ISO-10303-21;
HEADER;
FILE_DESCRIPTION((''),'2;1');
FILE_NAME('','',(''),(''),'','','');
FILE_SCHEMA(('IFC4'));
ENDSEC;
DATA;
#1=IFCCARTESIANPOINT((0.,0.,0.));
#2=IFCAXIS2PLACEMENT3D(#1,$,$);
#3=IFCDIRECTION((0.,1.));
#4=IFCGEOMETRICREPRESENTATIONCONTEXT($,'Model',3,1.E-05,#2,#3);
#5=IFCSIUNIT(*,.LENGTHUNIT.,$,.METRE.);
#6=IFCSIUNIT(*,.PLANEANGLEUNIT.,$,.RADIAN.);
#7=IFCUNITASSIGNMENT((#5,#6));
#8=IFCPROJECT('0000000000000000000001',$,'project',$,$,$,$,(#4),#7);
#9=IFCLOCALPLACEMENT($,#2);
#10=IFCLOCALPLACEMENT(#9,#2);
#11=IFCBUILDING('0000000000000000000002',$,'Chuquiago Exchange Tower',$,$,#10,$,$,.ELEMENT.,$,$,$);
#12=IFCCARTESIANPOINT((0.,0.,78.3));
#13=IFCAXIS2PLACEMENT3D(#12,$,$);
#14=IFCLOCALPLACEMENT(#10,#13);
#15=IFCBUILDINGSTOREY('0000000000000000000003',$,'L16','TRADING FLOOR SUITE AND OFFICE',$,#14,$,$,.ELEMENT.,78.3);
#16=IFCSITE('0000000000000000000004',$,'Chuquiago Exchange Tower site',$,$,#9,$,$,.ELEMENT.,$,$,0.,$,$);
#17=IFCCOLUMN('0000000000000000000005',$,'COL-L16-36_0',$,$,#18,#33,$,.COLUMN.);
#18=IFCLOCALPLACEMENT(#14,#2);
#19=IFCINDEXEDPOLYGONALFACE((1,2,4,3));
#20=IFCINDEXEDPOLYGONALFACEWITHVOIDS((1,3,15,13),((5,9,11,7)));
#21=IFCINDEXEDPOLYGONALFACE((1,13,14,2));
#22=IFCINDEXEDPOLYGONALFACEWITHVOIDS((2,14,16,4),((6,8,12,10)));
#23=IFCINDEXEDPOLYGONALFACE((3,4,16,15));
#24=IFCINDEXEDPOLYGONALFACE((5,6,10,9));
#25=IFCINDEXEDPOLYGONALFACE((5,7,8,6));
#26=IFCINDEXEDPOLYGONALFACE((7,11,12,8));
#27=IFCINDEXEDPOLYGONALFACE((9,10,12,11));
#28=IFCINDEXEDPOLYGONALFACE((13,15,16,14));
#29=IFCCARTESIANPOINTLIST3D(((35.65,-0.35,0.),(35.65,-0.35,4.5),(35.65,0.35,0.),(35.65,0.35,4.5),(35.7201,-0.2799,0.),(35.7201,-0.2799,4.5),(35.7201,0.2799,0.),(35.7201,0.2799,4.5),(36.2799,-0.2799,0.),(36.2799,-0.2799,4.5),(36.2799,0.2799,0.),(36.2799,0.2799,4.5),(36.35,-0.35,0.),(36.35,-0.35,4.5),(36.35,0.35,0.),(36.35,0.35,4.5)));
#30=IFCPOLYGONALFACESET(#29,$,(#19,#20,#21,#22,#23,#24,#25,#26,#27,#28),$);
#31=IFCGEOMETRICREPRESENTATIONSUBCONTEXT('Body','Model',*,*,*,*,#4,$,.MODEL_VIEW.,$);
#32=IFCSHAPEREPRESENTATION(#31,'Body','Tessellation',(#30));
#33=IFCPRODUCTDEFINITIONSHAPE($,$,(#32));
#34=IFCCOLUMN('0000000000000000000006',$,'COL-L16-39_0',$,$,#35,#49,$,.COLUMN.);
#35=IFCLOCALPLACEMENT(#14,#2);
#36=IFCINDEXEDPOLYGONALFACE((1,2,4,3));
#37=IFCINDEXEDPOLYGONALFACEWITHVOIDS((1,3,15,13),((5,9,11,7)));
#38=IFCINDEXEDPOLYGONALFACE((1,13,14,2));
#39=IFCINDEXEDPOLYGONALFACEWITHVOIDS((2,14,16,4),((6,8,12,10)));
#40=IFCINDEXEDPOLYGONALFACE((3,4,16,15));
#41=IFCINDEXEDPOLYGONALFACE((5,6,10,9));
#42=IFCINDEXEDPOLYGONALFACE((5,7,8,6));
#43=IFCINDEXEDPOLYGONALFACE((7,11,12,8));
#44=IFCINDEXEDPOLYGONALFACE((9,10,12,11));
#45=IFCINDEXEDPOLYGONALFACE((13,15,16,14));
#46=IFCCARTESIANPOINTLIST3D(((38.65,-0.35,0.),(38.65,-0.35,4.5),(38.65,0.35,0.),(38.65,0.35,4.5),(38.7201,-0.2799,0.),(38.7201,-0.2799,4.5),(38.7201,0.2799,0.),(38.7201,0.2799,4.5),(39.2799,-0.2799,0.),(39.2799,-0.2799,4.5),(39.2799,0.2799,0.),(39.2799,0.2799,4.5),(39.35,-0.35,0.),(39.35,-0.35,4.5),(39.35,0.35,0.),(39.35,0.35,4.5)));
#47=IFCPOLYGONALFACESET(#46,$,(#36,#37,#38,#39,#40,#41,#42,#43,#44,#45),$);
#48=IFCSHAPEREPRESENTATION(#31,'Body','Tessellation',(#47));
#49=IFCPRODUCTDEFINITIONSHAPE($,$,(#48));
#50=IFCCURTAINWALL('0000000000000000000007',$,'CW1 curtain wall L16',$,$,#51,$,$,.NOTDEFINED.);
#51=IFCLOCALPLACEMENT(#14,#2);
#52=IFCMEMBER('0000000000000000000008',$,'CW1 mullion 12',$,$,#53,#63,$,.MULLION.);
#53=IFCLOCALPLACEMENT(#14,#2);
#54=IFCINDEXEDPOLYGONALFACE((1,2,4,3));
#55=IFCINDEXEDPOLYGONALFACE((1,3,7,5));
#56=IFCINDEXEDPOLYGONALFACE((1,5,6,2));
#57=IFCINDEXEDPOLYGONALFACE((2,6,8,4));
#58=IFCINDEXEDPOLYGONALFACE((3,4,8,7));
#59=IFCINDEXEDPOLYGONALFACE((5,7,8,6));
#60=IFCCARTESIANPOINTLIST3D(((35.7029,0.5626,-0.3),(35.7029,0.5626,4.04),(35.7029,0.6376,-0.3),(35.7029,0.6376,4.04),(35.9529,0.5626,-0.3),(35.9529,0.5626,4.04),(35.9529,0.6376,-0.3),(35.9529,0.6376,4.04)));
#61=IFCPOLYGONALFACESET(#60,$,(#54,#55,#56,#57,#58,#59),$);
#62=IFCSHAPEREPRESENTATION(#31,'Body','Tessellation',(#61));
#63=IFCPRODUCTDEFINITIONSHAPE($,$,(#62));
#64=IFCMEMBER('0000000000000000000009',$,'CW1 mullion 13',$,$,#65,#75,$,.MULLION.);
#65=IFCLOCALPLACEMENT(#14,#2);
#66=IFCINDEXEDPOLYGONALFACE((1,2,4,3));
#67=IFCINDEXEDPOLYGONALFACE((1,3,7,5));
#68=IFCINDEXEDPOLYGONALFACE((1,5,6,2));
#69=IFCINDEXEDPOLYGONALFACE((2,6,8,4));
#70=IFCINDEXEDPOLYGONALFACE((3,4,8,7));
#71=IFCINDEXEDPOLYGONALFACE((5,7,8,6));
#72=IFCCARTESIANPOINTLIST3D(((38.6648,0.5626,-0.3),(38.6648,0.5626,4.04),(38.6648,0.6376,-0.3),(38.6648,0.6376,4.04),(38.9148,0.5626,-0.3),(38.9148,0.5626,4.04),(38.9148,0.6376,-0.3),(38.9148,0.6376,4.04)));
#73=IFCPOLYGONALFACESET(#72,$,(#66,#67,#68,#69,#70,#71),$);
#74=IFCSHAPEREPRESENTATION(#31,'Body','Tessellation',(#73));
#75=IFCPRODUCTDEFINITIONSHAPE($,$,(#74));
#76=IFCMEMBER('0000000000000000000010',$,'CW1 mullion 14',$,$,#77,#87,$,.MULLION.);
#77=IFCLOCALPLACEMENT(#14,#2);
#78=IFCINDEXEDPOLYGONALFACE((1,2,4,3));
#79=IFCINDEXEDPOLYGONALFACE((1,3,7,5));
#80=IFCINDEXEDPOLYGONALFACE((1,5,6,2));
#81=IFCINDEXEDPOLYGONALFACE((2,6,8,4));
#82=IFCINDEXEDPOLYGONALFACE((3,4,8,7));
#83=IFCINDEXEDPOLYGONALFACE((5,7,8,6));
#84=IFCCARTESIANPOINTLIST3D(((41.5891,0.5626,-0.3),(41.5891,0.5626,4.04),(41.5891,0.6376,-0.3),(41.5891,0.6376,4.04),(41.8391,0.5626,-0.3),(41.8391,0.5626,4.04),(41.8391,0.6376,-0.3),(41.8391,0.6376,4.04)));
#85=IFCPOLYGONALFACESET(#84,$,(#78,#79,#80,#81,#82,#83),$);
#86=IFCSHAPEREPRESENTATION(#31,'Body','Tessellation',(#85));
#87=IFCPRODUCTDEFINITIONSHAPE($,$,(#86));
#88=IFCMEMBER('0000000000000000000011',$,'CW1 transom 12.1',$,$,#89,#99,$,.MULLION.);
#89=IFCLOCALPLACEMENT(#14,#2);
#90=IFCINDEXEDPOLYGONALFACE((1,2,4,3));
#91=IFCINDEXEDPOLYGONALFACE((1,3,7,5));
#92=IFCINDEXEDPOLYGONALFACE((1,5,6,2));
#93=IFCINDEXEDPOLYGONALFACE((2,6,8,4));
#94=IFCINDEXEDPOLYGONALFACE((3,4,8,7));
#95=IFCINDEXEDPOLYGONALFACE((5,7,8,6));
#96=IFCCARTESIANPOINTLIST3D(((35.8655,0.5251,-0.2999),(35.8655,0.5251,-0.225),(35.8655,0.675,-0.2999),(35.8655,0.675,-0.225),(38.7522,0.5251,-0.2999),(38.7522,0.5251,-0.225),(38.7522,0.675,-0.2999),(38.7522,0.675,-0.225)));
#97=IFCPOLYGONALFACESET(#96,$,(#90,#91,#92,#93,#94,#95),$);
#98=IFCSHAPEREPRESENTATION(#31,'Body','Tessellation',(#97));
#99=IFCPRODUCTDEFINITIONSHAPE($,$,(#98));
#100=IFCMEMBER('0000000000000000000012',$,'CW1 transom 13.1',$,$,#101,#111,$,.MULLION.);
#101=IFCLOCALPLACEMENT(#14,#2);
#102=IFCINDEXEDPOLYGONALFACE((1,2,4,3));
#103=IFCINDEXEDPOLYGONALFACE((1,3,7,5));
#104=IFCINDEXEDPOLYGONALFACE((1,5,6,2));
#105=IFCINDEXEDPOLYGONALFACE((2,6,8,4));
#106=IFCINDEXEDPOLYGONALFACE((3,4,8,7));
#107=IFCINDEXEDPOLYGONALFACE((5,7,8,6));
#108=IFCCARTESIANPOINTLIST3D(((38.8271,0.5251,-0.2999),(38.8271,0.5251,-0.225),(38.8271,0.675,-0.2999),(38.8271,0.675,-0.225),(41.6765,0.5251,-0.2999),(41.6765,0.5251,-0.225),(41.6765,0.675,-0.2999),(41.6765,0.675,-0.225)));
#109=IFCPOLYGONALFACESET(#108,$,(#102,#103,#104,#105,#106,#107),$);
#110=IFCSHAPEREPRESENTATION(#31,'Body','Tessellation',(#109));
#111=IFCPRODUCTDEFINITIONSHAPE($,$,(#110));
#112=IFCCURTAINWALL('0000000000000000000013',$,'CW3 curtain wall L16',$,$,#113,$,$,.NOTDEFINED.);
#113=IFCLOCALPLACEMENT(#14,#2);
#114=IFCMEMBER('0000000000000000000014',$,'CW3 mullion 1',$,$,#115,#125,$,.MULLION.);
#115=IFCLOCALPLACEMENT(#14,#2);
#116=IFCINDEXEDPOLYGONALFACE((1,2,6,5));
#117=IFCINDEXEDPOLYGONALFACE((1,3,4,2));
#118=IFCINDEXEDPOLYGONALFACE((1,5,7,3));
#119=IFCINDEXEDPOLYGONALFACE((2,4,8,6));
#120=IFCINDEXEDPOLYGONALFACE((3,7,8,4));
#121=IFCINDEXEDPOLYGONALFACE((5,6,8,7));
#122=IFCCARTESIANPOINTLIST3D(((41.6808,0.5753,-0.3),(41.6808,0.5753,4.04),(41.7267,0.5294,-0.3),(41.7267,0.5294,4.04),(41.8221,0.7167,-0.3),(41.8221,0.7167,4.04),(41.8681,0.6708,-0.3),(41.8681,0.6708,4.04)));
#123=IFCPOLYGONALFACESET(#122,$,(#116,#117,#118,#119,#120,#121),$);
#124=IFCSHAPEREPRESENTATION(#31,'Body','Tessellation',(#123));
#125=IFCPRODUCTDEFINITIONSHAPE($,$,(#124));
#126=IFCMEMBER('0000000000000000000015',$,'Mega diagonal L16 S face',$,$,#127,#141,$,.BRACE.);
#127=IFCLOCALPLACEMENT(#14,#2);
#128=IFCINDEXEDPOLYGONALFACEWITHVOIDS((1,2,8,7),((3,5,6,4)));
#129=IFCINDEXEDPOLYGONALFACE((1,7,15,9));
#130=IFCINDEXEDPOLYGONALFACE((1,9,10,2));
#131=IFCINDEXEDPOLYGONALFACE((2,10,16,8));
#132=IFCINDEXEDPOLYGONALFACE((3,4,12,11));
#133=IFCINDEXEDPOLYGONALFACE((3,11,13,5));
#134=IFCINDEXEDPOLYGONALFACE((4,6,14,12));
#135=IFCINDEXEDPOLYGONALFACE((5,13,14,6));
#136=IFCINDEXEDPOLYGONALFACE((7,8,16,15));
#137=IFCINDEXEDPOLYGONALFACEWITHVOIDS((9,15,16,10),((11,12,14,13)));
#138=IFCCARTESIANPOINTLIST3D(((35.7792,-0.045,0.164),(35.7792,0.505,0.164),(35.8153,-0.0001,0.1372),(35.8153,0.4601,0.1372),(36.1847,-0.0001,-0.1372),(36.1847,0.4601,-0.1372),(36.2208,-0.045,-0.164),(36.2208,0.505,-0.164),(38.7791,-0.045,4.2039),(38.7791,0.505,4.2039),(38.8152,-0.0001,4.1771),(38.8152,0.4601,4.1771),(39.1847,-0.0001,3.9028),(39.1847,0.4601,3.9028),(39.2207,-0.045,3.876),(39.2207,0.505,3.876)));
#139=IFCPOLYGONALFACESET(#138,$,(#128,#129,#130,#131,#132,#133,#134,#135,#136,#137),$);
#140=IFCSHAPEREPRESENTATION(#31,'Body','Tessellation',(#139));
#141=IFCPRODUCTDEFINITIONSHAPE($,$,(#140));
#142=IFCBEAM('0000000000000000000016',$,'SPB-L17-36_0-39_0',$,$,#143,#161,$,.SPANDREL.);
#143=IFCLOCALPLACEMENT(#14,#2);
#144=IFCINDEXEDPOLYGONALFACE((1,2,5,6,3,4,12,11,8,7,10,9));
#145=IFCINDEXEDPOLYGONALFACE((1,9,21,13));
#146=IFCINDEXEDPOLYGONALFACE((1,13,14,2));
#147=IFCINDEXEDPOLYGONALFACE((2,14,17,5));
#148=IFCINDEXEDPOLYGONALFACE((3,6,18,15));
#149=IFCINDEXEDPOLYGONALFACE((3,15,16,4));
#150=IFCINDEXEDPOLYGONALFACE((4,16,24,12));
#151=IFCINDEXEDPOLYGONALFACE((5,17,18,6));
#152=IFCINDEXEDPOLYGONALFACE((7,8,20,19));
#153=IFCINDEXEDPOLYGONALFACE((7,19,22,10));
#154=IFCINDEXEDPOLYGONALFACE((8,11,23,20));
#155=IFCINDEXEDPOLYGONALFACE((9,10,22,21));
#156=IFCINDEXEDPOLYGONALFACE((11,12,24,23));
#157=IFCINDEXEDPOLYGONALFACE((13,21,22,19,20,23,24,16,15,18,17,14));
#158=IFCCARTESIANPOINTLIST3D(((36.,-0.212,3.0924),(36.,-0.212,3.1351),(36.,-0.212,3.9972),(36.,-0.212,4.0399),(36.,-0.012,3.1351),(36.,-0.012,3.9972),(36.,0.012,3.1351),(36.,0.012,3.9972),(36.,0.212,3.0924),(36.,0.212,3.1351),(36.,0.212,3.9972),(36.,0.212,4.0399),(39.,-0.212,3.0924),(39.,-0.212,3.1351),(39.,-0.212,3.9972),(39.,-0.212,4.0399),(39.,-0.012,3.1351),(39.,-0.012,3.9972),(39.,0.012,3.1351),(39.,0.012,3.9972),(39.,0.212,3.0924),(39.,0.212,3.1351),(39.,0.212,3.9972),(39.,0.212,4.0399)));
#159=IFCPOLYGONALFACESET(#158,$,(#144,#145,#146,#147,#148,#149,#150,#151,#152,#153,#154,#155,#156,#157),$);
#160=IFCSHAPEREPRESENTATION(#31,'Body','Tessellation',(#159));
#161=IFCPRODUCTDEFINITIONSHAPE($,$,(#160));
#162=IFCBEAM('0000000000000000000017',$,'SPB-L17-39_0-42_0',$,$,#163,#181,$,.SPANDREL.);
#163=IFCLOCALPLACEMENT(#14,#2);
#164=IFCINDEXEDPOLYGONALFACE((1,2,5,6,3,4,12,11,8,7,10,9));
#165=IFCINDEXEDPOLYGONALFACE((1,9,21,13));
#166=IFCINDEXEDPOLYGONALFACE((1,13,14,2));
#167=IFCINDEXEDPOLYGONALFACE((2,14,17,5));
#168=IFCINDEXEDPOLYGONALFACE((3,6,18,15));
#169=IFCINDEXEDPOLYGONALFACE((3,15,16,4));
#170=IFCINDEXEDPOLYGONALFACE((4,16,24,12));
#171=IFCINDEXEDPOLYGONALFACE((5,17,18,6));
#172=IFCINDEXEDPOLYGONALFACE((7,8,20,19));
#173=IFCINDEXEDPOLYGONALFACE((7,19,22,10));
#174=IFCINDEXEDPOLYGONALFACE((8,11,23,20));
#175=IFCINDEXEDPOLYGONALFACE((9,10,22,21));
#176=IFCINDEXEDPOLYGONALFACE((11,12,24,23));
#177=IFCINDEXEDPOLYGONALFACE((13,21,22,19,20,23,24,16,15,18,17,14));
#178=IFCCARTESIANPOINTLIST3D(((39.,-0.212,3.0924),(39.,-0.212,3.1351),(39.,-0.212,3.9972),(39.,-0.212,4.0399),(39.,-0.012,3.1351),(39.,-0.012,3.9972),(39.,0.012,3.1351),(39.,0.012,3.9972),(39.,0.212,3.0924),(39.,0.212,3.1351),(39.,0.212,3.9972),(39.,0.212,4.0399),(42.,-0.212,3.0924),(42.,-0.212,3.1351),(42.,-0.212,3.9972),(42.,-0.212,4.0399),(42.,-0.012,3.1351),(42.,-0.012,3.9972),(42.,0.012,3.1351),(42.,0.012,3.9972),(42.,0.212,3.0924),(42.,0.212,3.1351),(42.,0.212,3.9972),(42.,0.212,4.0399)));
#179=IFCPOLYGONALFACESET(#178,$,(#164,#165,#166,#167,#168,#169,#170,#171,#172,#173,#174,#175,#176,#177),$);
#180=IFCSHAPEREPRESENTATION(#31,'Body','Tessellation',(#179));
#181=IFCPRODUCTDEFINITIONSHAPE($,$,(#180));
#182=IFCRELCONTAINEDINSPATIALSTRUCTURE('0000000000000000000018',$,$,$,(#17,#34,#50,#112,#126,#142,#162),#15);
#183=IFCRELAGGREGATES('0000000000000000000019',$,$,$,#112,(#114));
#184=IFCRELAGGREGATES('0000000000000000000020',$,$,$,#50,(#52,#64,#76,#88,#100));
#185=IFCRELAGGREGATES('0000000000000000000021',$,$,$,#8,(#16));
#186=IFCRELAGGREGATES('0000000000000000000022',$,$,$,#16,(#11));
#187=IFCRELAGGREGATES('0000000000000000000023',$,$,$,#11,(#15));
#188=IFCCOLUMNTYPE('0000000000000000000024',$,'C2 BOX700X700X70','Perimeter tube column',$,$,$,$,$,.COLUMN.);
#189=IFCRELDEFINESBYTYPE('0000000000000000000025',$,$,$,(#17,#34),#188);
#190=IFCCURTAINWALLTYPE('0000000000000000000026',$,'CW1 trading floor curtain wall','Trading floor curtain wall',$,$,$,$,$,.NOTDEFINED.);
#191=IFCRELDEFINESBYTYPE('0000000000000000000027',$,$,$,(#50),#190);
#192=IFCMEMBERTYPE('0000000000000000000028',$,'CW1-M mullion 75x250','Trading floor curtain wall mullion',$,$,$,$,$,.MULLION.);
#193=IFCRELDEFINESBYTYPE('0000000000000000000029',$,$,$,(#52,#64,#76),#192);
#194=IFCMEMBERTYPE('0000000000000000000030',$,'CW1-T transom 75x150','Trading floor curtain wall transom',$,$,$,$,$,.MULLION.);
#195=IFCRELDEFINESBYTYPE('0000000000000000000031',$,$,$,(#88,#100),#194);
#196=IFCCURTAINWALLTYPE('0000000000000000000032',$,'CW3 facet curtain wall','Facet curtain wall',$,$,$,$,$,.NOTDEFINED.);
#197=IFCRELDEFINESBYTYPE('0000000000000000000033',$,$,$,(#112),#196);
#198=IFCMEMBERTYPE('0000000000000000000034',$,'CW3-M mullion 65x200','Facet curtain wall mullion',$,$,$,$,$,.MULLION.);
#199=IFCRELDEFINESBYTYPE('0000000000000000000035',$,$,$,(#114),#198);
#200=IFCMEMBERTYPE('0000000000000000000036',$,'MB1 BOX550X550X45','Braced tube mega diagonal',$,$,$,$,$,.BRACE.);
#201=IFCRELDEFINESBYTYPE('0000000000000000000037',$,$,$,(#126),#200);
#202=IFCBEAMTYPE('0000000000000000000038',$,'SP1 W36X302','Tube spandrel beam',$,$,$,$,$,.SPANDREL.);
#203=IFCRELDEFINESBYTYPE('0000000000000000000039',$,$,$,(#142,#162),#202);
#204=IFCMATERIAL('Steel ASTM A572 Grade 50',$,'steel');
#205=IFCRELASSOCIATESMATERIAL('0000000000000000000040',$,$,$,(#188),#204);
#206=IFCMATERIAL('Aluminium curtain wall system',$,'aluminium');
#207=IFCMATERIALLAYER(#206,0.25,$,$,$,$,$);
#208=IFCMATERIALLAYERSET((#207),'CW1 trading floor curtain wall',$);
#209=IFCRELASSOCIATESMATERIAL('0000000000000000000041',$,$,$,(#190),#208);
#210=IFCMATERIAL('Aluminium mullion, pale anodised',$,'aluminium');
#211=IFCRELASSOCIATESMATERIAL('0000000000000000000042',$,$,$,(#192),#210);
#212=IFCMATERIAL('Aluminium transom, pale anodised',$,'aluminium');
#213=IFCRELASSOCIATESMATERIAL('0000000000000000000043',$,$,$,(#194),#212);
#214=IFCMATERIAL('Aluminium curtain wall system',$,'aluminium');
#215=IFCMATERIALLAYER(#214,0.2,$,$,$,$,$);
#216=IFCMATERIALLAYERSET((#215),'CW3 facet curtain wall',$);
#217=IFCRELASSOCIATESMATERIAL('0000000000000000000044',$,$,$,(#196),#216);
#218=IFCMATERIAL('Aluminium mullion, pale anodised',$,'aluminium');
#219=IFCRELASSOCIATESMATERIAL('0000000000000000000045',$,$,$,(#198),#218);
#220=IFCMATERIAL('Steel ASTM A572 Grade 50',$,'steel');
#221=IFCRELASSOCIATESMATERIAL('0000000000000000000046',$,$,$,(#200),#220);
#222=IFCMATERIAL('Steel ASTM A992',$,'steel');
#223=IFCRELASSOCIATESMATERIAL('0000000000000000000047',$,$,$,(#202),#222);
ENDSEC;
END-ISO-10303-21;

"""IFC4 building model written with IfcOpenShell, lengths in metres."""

from ifc_helpers import new_model, si_unit, direction, frame, origin, origin_2d, place, context, subcontext, project, spatial, rectangle, hollow_rectangle, i_section, extrude, material, layer, layer_set, material_profile, profile_set, type_object, element, aggregate, save


model = new_model("IFC4")

# Units and contexts
model_context = context("Model", 3, precision=1e-05, world=origin(), true_north=direction((0.0, 1.0)))
body_context = subcontext(model_context, "Body", "Model", "MODEL_VIEW")
ifc_project = project(units=[si_unit("LENGTHUNIT", "METRE"), si_unit("PLANEANGLEUNIT", "RADIAN")], contexts=[model_context])

# Site, building, storey
site_placement = place(None, origin())
site = spatial("IfcSite", under=ifc_project, at=site_placement, Name="Chuquiago Exchange Tower site", CompositionType="ELEMENT", RefElevation=0.0)
building_placement = place(site_placement, origin())
building = spatial("IfcBuilding", under=site, at=building_placement, Name="Chuquiago Exchange Tower", CompositionType="ELEMENT")
storey_placement = place(building_placement, frame((0.0, 0.0, 78.3)))
storey = spatial("IfcBuildingStorey", under=building, at=storey_placement, Name="L16", Description="TRADING FLOOR SUITE AND OFFICE", CompositionType="ELEMENT", Elevation=78.3)

# Columns
ifc_material_1 = material(Name="Steel ASTM A572 Grade 50", Category="steel")
ifc_material_profile_1 = material_profile(ifc_material_1, hollow_rectangle(XDim=0.7, YDim=0.7, WallThickness=0.0701, at=origin_2d()), Name="BOX700X700X70")
ifc_profile_set_1 = profile_set([ifc_material_profile_1], Name="Steel ASTM A572 Grade 50")
column_type = type_object("IfcColumnType", Name="C2 BOX700X700X70", Description="Perimeter tube column", PredefinedType="COLUMN", material=ifc_profile_set_1)
for number, where, z_axis, x_axis, name in (
    (1, (36.0, 0.0, 0.0), (0.0, 0.0, 1.0), (0.0, -1.0, 0.0), "COL-L16-36_0"),
    (2, (39.0, 0.0, 0.0), (0.0, 0.0, 1.0), (0.0, -1.0, 0.0), "COL-L16-39_0"),
):
    element("IfcColumn", number, at=place(storey_placement, frame(where, z_axis=z_axis, x_axis=x_axis)), inside=storey, type_object=column_type, Name=name, PredefinedType="COLUMN", context=body_context, shape_type="SweptSolid", body=[
        extrude(hollow_rectangle(XDim=0.7, YDim=0.7, WallThickness=0.0701, at=origin_2d()), origin(), (0.0, 0.0, 1.0), 4.5),
    ])

# Curtain wall, members
ifc_material_2 = material(Name="Aluminium curtain wall system", Category="aluminium")
ifc_layer_1 = layer(ifc_material_2, 0.25)
ifc_layer_set_1 = layer_set([ifc_layer_1], Name="CW1 trading floor curtain wall")
curtain_wall_type_1 = type_object("IfcCurtainWallType", Name="CW1 trading floor curtain wall", Description="Trading floor curtain wall", PredefinedType="NOTDEFINED", material=ifc_layer_set_1)
curtain_wall_1_placement = place(storey_placement, origin())
curtain_wall_1 = element("IfcCurtainWall", 3, at=curtain_wall_1_placement, inside=storey, type_object=curtain_wall_type_1, Name="CW1 curtain wall L16", PredefinedType="NOTDEFINED")
ifc_material_3 = material(Name="Aluminium mullion, pale anodised", Category="aluminium")
ifc_material_profile_2 = material_profile(ifc_material_3, rectangle(XDim=0.075, YDim=0.25, at=origin_2d()), Name="AL 75x250")
ifc_profile_set_2 = profile_set([ifc_material_profile_2], Name="Aluminium mullion, pale anodised")
member_type_1 = type_object("IfcMemberType", Name="CW1-M mullion 75x250", Description="Trading floor curtain wall mullion", PredefinedType="MULLION", material=ifc_profile_set_2)
member_1_placement = place(storey_placement, frame((35.8279, 0.6001, -0.3), z_axis=(0.0, 0.0, 1.0), x_axis=(0.0, 1.0, 0.0)))
member_1 = element("IfcMember", 4, at=member_1_placement, type_object=member_type_1, Name="CW1 mullion 12", PredefinedType="MULLION", context=body_context, shape_type="SweptSolid", body=[
    extrude(rectangle(XDim=0.075, YDim=0.25, at=origin_2d()), origin(), (0.0, 0.0, 1.0), 4.3401),
])
member_2_placement = place(storey_placement, frame((38.7898, 0.6001, -0.3), z_axis=(0.0, 0.0, 1.0), x_axis=(0.0, 1.0, 0.0)))
member_2 = element("IfcMember", 5, at=member_2_placement, type_object=member_type_1, Name="CW1 mullion 13", PredefinedType="MULLION", context=body_context, shape_type="SweptSolid", body=[
    extrude(rectangle(XDim=0.075, YDim=0.25, at=origin_2d()), origin(), (0.0, 0.0, 1.0), 4.3401),
])
member_3_placement = place(storey_placement, frame((41.7141, 0.6001, -0.3), z_axis=(0.0, 0.0, 1.0), x_axis=(0.0, 1.0, 0.0)))
member_3 = element("IfcMember", 6, at=member_3_placement, type_object=member_type_1, Name="CW1 mullion 14", PredefinedType="MULLION", context=body_context, shape_type="SweptSolid", body=[
    extrude(rectangle(XDim=0.075, YDim=0.25, at=origin_2d()), origin(), (0.0, 0.0, 1.0), 4.3401),
])
ifc_material_4 = material(Name="Aluminium transom, pale anodised", Category="aluminium")
ifc_material_profile_3 = material_profile(ifc_material_4, rectangle(XDim=0.1499, YDim=0.075, at=origin_2d()), Name="AL 150x75")
ifc_profile_set_3 = profile_set([ifc_material_profile_3], Name="Aluminium transom, pale anodised")
member_type_2 = type_object("IfcMemberType", Name="CW1-T transom 75x150", Description="Trading floor curtain wall transom", PredefinedType="MULLION", material=ifc_profile_set_3)
member_4_placement = place(storey_placement, frame((35.8655, 0.6001, -0.2625), z_axis=(1.0, 0.0, 0.0), x_axis=(0.0, 1.0, 0.0)))
member_4 = element("IfcMember", 7, at=member_4_placement, type_object=member_type_2, Name="CW1 transom 12.1", PredefinedType="MULLION", context=body_context, shape_type="SweptSolid", body=[
    extrude(rectangle(XDim=0.1499, YDim=0.075, at=origin_2d()), origin(), (0.0, 0.0, 1.0), 2.8867),
])
member_5_placement = place(storey_placement, frame((38.8271, 0.6001, -0.2625), z_axis=(1.0, 0.0, 0.0), x_axis=(0.0, 1.0, 0.0)))
member_5 = element("IfcMember", 8, at=member_5_placement, type_object=member_type_2, Name="CW1 transom 13.1", PredefinedType="MULLION", context=body_context, shape_type="SweptSolid", body=[
    extrude(rectangle(XDim=0.1499, YDim=0.075, at=origin_2d()), origin(), (0.0, 0.0, 1.0), 2.8494),
])

# Curtain wall, member
ifc_material_5 = material(Name="Aluminium curtain wall system", Category="aluminium")
ifc_layer_2 = layer(ifc_material_5, 0.2)
ifc_layer_set_2 = layer_set([ifc_layer_2], Name="CW3 facet curtain wall")
curtain_wall_type_2 = type_object("IfcCurtainWallType", Name="CW3 facet curtain wall", Description="Facet curtain wall", PredefinedType="NOTDEFINED", material=ifc_layer_set_2)
curtain_wall_2_placement = place(storey_placement, origin())
curtain_wall_2 = element("IfcCurtainWall", 9, at=curtain_wall_2_placement, inside=storey, type_object=curtain_wall_type_2, Name="CW3 curtain wall L16", PredefinedType="NOTDEFINED")
ifc_material_6 = material(Name="Aluminium mullion, pale anodised", Category="aluminium")
ifc_material_profile_4 = material_profile(ifc_material_6, rectangle(XDim=0.0649, YDim=0.2, at=origin_2d()), Name="AL 65x200")
ifc_profile_set_4 = profile_set([ifc_material_profile_4], Name="Aluminium mullion, pale anodised")
member_type_3 = type_object("IfcMemberType", Name="CW3-M mullion 65x200", Description="Facet curtain wall mullion", PredefinedType="MULLION", material=ifc_profile_set_4)
member_6_placement = place(storey_placement, frame((41.7744, 0.623, -0.3), z_axis=(0.0, 0.0, 1.0), x_axis=(-0.707107, 0.707107, 0.0)))
member_6 = element("IfcMember", 10, at=member_6_placement, type_object=member_type_3, Name="CW3 mullion 1", PredefinedType="MULLION", context=body_context, shape_type="SweptSolid", body=[
    extrude(rectangle(XDim=0.0649, YDim=0.2, at=origin_2d()), origin(), (0.0, 0.0, 1.0), 4.3401),
])
aggregate(curtain_wall_2, [member_6])

# Member
ifc_material_7 = material(Name="Steel ASTM A572 Grade 50", Category="steel")
ifc_material_profile_5 = material_profile(ifc_material_7, hollow_rectangle(XDim=0.55, YDim=0.55, WallThickness=0.0449, at=origin_2d()), Name="BOX550X550X45")
ifc_profile_set_5 = profile_set([ifc_material_profile_5], Name="Steel ASTM A572 Grade 50")
member_type_4 = type_object("IfcMemberType", Name="MB1 BOX550X550X45", Description="Braced tube mega diagonal", PredefinedType="BRACE", material=ifc_profile_set_5)
member_7_placement = place(storey_placement, frame((36.0, 0.23, 0.0), z_axis=(0.596174, 0.0, 0.802855), x_axis=(0.0, 1.0, 0.0)))
element("IfcMember", 11, at=member_7_placement, inside=storey, type_object=member_type_4, Name="Mega diagonal L16 S face", PredefinedType="BRACE", context=body_context, shape_type="SweptSolid", body=[
    extrude(hollow_rectangle(XDim=0.55, YDim=0.55, WallThickness=0.0449, at=origin_2d()), origin(), (0.0, 0.0, 1.0), 5.032),
])

# Beams
ifc_material_8 = material(Name="Steel ASTM A992", Category="steel")
ifc_material_profile_6 = material_profile(ifc_material_8, i_section(OverallWidth=0.4241, OverallDepth=0.9475, WebThickness=0.0239, FlangeThickness=0.0427, at=origin_2d()), Name="W36X302")
ifc_profile_set_6 = profile_set([ifc_material_profile_6], Name="Steel ASTM A992")
beam_type = type_object("IfcBeamType", Name="SP1 W36X302", Description="Tube spandrel beam", PredefinedType="SPANDREL", material=ifc_profile_set_6)
for number, where, z_axis, x_axis, name in (
    (12, (36.0, 0.0, 3.5662), (1.0, 0.0, 0.0), (0.0, 1.0, 0.0), "SPB-L17-36_0-39_0"),
    (13, (39.0, 0.0, 3.5662), (1.0, 0.0, 0.0), (0.0, 1.0, 0.0), "SPB-L17-39_0-42_0"),
):
    element("IfcBeam", number, at=place(storey_placement, frame(where, z_axis=z_axis, x_axis=x_axis)), inside=storey, type_object=beam_type, Name=name, PredefinedType="SPANDREL", context=body_context, shape_type="SweptSolid", body=[
        extrude(i_section(OverallWidth=0.4241, OverallDepth=0.9475, WebThickness=0.0239, FlangeThickness=0.0427, at=origin_2d()), origin(), (0.0, 0.0, 1.0), 3.0),
    ])

aggregate(curtain_wall_1, [member_1, member_2, member_3, member_4, member_5])

save(model, "model.ifc")
